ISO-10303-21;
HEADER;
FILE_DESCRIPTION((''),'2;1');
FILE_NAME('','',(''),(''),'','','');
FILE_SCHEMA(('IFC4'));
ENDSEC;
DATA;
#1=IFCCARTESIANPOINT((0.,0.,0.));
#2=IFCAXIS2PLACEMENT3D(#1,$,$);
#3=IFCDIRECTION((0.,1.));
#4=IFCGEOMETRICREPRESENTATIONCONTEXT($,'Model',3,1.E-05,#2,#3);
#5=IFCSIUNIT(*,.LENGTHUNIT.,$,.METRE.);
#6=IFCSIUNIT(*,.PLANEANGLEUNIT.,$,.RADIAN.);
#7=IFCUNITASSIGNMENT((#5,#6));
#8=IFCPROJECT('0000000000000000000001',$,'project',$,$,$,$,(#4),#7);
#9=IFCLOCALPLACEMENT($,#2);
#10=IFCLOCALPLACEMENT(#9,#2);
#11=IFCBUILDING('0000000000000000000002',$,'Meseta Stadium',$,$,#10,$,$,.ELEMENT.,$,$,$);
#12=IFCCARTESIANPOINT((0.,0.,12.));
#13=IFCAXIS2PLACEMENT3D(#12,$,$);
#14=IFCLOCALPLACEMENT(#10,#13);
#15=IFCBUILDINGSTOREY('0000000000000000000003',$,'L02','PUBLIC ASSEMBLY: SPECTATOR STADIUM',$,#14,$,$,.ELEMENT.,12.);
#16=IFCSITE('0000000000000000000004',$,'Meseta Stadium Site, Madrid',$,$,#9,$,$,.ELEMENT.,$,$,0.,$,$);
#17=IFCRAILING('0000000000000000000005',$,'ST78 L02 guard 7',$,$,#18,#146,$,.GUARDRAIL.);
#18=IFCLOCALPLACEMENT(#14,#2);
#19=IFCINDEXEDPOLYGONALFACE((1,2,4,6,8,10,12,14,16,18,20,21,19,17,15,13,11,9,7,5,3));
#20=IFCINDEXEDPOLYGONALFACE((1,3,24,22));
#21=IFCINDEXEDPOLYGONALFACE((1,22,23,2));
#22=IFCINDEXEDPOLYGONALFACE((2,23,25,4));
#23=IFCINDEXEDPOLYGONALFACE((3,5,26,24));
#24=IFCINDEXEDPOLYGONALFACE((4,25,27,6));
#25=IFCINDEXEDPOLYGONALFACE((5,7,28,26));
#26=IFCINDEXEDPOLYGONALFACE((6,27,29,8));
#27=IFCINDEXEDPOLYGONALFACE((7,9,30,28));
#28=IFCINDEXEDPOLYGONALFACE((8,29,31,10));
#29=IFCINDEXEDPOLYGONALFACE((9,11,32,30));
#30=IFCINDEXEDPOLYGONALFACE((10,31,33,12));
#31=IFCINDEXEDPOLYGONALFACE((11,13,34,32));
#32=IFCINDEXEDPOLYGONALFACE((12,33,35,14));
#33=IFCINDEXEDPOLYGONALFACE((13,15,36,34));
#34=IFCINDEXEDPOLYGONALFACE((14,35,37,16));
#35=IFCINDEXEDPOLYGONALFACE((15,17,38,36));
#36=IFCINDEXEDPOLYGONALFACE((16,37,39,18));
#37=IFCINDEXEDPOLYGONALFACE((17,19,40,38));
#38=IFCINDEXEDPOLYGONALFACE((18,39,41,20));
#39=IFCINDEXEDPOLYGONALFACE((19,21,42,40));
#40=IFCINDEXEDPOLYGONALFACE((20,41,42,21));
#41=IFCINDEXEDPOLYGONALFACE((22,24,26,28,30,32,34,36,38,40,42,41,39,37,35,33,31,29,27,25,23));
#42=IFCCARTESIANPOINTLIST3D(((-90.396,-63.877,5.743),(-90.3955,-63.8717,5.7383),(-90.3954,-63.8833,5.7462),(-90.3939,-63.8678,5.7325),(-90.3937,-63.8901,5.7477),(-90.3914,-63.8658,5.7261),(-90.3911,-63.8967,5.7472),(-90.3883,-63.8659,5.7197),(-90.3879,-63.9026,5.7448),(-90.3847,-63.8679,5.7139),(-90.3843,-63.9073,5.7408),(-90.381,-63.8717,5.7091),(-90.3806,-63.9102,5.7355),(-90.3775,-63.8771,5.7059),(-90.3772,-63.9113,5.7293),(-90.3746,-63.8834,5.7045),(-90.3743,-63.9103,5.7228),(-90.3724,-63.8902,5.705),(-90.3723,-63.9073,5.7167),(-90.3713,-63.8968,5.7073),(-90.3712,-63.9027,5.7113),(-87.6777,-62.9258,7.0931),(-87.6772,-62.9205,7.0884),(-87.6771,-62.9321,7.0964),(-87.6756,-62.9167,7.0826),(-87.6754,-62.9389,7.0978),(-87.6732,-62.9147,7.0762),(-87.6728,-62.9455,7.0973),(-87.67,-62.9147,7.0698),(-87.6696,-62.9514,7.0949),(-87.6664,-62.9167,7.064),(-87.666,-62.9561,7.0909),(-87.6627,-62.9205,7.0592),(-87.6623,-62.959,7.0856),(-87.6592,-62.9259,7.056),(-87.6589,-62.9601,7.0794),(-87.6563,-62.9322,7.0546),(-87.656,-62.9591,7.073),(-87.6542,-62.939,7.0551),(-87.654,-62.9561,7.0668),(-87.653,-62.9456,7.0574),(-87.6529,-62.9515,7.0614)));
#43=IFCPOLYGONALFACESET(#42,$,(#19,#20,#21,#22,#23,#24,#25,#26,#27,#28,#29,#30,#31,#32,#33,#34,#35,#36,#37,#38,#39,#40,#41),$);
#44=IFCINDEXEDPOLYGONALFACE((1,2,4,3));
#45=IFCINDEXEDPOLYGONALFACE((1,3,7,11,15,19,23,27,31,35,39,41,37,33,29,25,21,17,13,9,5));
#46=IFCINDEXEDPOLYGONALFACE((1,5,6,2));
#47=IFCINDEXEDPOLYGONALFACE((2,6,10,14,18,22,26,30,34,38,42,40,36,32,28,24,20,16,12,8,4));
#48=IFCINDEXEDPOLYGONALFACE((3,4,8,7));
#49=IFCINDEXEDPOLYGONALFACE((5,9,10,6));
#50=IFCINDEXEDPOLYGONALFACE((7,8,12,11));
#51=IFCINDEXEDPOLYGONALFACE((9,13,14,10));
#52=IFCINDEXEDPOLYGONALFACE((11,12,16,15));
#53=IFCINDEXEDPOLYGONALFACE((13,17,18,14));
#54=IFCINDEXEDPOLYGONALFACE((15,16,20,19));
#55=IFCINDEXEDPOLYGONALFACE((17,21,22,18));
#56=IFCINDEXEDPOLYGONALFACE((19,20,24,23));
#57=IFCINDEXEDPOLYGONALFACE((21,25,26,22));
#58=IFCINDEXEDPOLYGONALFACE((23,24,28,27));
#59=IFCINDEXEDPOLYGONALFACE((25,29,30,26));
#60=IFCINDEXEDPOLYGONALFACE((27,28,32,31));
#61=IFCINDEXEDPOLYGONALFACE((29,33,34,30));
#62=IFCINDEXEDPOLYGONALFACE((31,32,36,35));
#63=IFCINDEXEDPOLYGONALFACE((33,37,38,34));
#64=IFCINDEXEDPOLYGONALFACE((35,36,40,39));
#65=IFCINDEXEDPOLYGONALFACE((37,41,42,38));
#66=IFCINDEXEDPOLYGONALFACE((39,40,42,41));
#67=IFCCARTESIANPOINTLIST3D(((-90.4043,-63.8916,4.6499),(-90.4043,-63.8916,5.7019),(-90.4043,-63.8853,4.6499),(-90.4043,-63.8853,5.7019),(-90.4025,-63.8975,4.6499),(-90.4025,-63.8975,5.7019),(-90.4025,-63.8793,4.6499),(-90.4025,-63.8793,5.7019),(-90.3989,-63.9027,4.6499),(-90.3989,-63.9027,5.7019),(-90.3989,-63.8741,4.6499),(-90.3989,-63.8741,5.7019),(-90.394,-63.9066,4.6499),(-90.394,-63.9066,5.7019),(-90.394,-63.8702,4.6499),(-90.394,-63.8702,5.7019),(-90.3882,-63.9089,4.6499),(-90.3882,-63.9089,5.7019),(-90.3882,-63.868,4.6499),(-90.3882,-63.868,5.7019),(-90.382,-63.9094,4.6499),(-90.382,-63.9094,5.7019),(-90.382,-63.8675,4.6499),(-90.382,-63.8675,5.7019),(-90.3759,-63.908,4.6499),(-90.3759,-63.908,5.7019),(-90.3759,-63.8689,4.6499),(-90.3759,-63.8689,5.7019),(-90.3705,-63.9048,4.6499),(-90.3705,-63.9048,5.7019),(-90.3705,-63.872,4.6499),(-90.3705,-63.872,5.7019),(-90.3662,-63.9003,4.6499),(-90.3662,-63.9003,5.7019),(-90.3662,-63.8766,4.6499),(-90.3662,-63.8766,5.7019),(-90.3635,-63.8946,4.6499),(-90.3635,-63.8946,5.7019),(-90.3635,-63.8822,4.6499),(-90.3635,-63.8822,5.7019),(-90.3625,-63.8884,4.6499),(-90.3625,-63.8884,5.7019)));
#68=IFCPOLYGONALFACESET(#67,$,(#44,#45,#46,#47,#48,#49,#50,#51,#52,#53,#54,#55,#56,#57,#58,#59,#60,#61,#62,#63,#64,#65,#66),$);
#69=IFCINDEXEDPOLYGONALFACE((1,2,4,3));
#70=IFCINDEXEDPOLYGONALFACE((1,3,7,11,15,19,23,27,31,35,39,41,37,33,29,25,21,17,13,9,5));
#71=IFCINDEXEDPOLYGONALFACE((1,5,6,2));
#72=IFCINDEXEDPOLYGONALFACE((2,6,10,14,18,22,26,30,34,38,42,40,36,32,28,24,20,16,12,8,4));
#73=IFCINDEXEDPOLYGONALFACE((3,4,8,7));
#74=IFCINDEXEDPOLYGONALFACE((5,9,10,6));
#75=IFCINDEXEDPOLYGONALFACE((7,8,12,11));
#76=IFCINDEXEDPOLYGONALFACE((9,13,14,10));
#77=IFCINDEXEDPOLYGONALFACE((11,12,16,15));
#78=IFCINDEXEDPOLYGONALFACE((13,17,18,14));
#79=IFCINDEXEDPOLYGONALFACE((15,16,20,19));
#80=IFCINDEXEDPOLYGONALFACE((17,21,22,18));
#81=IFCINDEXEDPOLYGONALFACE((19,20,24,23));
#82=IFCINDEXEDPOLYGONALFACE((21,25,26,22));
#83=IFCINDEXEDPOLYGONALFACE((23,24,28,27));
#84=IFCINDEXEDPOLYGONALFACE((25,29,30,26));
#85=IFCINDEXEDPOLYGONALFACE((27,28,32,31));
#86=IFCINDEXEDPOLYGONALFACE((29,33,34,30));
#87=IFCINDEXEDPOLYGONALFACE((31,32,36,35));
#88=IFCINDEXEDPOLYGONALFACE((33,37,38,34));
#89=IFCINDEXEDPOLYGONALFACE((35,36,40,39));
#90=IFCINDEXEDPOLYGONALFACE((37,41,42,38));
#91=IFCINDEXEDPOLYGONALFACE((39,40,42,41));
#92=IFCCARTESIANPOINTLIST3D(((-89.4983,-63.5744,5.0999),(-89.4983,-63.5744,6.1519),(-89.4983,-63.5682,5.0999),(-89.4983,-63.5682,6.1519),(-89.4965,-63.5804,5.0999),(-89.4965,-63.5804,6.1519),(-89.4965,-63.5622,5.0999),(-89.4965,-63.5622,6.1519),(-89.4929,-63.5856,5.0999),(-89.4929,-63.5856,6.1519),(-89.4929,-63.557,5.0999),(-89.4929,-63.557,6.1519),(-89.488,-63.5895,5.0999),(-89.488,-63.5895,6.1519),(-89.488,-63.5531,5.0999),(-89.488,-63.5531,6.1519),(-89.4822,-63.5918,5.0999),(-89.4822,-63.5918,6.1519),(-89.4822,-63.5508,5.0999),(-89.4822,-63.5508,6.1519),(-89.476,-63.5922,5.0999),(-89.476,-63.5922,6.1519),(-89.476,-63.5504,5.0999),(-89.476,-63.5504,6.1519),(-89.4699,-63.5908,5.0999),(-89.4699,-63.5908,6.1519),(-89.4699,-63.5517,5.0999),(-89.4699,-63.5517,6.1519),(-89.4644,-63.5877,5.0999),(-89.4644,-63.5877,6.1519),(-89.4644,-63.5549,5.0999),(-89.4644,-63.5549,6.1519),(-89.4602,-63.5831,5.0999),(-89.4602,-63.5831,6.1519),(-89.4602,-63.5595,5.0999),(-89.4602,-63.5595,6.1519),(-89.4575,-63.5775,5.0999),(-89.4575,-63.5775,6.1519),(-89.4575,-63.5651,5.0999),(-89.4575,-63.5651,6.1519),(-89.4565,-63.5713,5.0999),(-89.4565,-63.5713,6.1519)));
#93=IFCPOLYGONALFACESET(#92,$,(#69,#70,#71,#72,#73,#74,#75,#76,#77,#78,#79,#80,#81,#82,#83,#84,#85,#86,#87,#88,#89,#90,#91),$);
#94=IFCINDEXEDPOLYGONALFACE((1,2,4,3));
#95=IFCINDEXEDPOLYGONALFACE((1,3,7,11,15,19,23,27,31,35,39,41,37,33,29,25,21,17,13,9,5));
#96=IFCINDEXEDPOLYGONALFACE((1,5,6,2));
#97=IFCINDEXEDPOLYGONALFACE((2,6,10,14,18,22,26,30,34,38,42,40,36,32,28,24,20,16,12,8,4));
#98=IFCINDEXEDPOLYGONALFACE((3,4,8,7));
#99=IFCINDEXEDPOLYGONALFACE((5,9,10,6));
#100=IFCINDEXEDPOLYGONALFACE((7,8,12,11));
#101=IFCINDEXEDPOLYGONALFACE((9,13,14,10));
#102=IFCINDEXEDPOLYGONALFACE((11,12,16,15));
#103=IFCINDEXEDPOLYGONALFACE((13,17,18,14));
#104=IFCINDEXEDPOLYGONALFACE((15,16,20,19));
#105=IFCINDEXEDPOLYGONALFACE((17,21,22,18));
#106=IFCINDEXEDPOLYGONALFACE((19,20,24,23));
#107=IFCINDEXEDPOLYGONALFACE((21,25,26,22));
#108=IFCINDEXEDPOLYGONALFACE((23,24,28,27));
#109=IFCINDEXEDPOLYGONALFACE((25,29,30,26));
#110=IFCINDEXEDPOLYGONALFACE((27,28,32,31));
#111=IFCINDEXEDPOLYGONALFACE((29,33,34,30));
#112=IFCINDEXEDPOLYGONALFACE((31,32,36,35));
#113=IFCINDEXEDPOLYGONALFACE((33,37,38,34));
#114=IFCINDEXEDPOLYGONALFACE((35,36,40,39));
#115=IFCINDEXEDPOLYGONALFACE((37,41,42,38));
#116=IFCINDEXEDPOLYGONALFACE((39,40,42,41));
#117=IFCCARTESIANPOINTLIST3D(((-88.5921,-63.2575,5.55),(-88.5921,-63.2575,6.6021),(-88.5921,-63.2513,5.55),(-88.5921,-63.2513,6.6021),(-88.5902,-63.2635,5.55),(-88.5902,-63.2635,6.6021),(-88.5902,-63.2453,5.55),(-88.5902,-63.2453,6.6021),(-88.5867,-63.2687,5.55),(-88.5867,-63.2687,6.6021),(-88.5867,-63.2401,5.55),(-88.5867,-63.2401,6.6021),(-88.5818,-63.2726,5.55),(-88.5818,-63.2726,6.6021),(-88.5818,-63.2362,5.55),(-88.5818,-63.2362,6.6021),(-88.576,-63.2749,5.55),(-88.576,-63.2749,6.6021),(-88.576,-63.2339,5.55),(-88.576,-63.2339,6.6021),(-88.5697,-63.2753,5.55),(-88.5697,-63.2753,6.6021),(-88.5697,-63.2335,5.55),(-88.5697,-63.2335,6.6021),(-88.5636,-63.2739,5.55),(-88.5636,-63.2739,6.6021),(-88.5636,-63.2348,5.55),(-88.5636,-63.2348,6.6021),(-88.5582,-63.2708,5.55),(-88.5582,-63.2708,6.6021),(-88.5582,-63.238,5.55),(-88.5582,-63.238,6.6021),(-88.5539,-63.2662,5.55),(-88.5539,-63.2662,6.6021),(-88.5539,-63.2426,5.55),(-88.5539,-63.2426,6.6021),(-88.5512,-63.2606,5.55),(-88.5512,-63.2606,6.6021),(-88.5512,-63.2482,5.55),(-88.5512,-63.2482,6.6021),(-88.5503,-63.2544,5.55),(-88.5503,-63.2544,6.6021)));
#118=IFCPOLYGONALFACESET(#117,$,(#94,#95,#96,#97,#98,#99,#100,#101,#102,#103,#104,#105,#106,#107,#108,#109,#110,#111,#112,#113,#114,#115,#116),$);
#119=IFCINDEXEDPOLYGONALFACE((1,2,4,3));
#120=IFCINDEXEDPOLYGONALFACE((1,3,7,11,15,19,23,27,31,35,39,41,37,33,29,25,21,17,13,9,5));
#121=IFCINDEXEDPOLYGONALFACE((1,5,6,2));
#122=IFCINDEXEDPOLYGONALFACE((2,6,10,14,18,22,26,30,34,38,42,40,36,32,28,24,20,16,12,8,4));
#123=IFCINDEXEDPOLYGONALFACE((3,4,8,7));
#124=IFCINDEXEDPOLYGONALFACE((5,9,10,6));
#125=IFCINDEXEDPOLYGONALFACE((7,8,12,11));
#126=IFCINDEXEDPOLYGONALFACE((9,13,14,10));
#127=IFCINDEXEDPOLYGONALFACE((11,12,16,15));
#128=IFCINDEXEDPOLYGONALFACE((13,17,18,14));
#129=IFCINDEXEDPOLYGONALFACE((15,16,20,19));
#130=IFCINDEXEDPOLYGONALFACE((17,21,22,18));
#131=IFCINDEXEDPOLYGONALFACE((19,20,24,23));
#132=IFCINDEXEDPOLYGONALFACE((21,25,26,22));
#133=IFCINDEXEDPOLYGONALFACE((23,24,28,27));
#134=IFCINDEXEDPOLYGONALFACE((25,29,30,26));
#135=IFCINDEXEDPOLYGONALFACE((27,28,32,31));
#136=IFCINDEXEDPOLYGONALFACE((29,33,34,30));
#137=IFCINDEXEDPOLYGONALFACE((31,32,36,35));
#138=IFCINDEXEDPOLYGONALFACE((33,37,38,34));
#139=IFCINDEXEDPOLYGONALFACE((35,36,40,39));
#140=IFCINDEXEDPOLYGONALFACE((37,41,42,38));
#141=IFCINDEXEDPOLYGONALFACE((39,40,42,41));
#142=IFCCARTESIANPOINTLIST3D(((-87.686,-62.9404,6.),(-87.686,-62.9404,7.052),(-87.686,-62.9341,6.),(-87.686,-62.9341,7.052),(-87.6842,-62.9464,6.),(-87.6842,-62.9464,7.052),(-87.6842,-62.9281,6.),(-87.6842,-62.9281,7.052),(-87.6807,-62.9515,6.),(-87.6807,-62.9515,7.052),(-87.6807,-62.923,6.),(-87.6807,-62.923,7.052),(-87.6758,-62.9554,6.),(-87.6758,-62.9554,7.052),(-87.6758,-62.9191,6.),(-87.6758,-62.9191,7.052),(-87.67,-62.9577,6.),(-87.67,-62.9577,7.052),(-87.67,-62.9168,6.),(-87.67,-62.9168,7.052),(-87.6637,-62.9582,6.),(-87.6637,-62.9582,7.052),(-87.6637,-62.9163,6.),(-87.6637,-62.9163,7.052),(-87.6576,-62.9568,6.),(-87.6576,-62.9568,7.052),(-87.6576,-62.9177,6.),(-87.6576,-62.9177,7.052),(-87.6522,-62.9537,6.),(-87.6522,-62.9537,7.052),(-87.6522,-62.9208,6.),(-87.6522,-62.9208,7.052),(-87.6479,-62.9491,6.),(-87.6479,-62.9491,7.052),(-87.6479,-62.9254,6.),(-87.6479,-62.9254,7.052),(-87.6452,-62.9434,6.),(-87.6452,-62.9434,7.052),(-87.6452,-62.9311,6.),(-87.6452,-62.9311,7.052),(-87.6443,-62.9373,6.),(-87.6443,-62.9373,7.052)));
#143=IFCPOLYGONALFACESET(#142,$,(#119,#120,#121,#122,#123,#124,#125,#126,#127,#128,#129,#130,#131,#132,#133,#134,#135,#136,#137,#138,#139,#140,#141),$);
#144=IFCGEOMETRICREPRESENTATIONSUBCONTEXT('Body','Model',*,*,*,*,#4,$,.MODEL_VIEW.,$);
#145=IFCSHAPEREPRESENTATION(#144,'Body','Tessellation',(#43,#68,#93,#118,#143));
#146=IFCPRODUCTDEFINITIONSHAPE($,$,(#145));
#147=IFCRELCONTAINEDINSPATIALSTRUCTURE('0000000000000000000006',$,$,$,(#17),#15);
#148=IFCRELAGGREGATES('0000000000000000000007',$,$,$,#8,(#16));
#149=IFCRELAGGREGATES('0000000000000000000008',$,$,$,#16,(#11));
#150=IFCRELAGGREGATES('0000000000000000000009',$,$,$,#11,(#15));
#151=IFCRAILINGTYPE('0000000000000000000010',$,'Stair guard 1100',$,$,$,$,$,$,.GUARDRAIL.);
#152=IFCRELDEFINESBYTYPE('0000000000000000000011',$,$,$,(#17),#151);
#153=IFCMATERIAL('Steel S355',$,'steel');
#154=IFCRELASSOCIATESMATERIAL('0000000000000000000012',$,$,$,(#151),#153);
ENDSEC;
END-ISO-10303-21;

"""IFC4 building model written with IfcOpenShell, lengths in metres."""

from ifc_helpers import new_model, si_unit, direction, frame, origin, origin_2d, place, context, subcontext, project, spatial, circle, extrude, material, type_object, element, save


model = new_model("IFC4")

# Units and contexts
model_context = context("Model", 3, precision=1e-05, world=origin(), true_north=direction((0.0, 1.0)))
body_context = subcontext(model_context, "Body", "Model", "MODEL_VIEW")
ifc_project = project(units=[si_unit("LENGTHUNIT", "METRE"), si_unit("PLANEANGLEUNIT", "RADIAN")], contexts=[model_context])

# Site, building, storey
site_placement = place(None, origin())
site = spatial("IfcSite", under=ifc_project, at=site_placement, Name="Meseta Stadium Site, Madrid", CompositionType="ELEMENT", RefElevation=0.0)
building_placement = place(site_placement, origin())
building = spatial("IfcBuilding", under=site, at=building_placement, Name="Meseta Stadium", CompositionType="ELEMENT")
storey_placement = place(building_placement, frame((0.0, 0.0, 12.0)))
storey = spatial("IfcBuildingStorey", under=building, at=storey_placement, Name="L02", Description="PUBLIC ASSEMBLY: SPECTATOR STADIUM", CompositionType="ELEMENT", Elevation=12.0)

# Railing
ifc_material_1 = material(Name="Steel S355", Category="steel")
railing_type_1 = type_object("IfcRailingType", Name="Stair guard 1100", PredefinedType="GUARDRAIL", material=ifc_material_1)
railing_1_placement = place(storey_placement, frame((-90.3835, -63.8884, 4.6499)))
element("IfcRailing", 1, at=railing_1_placement, inside=storey, type_object=railing_type_1, Name="ST78 L02 guard 7", PredefinedType="GUARDRAIL", context=body_context, shape_type="SweptSolid", body=[
    extrude(circle(Radius=0.0239, at=origin_2d()), frame((0.0, 0.0, 1.0762), z_axis=(0.854629, 0.299051, 0.424474), x_axis=(-0.330282, 0.943882, 0.0)), (0.0, 0.0, 1.0), 3.1807),
    extrude(circle(Radius=0.021, at=origin_2d()), origin(), (0.0, 0.0, 1.0), 1.052),
    extrude(circle(Radius=0.021, at=origin_2d()), frame((0.906, 0.3171, 0.45)), (0.0, 0.0, 1.0), 1.052),
    extrude(circle(Radius=0.021, at=origin_2d()), frame((1.8123, 0.634, 0.9001)), (0.0, 0.0, 1.0), 1.052),
    extrude(circle(Radius=0.021, at=origin_2d()), frame((2.7183, 0.9512, 1.3501)), (0.0, 0.0, 1.0), 1.052),
])

save(model, "model.ifc")
